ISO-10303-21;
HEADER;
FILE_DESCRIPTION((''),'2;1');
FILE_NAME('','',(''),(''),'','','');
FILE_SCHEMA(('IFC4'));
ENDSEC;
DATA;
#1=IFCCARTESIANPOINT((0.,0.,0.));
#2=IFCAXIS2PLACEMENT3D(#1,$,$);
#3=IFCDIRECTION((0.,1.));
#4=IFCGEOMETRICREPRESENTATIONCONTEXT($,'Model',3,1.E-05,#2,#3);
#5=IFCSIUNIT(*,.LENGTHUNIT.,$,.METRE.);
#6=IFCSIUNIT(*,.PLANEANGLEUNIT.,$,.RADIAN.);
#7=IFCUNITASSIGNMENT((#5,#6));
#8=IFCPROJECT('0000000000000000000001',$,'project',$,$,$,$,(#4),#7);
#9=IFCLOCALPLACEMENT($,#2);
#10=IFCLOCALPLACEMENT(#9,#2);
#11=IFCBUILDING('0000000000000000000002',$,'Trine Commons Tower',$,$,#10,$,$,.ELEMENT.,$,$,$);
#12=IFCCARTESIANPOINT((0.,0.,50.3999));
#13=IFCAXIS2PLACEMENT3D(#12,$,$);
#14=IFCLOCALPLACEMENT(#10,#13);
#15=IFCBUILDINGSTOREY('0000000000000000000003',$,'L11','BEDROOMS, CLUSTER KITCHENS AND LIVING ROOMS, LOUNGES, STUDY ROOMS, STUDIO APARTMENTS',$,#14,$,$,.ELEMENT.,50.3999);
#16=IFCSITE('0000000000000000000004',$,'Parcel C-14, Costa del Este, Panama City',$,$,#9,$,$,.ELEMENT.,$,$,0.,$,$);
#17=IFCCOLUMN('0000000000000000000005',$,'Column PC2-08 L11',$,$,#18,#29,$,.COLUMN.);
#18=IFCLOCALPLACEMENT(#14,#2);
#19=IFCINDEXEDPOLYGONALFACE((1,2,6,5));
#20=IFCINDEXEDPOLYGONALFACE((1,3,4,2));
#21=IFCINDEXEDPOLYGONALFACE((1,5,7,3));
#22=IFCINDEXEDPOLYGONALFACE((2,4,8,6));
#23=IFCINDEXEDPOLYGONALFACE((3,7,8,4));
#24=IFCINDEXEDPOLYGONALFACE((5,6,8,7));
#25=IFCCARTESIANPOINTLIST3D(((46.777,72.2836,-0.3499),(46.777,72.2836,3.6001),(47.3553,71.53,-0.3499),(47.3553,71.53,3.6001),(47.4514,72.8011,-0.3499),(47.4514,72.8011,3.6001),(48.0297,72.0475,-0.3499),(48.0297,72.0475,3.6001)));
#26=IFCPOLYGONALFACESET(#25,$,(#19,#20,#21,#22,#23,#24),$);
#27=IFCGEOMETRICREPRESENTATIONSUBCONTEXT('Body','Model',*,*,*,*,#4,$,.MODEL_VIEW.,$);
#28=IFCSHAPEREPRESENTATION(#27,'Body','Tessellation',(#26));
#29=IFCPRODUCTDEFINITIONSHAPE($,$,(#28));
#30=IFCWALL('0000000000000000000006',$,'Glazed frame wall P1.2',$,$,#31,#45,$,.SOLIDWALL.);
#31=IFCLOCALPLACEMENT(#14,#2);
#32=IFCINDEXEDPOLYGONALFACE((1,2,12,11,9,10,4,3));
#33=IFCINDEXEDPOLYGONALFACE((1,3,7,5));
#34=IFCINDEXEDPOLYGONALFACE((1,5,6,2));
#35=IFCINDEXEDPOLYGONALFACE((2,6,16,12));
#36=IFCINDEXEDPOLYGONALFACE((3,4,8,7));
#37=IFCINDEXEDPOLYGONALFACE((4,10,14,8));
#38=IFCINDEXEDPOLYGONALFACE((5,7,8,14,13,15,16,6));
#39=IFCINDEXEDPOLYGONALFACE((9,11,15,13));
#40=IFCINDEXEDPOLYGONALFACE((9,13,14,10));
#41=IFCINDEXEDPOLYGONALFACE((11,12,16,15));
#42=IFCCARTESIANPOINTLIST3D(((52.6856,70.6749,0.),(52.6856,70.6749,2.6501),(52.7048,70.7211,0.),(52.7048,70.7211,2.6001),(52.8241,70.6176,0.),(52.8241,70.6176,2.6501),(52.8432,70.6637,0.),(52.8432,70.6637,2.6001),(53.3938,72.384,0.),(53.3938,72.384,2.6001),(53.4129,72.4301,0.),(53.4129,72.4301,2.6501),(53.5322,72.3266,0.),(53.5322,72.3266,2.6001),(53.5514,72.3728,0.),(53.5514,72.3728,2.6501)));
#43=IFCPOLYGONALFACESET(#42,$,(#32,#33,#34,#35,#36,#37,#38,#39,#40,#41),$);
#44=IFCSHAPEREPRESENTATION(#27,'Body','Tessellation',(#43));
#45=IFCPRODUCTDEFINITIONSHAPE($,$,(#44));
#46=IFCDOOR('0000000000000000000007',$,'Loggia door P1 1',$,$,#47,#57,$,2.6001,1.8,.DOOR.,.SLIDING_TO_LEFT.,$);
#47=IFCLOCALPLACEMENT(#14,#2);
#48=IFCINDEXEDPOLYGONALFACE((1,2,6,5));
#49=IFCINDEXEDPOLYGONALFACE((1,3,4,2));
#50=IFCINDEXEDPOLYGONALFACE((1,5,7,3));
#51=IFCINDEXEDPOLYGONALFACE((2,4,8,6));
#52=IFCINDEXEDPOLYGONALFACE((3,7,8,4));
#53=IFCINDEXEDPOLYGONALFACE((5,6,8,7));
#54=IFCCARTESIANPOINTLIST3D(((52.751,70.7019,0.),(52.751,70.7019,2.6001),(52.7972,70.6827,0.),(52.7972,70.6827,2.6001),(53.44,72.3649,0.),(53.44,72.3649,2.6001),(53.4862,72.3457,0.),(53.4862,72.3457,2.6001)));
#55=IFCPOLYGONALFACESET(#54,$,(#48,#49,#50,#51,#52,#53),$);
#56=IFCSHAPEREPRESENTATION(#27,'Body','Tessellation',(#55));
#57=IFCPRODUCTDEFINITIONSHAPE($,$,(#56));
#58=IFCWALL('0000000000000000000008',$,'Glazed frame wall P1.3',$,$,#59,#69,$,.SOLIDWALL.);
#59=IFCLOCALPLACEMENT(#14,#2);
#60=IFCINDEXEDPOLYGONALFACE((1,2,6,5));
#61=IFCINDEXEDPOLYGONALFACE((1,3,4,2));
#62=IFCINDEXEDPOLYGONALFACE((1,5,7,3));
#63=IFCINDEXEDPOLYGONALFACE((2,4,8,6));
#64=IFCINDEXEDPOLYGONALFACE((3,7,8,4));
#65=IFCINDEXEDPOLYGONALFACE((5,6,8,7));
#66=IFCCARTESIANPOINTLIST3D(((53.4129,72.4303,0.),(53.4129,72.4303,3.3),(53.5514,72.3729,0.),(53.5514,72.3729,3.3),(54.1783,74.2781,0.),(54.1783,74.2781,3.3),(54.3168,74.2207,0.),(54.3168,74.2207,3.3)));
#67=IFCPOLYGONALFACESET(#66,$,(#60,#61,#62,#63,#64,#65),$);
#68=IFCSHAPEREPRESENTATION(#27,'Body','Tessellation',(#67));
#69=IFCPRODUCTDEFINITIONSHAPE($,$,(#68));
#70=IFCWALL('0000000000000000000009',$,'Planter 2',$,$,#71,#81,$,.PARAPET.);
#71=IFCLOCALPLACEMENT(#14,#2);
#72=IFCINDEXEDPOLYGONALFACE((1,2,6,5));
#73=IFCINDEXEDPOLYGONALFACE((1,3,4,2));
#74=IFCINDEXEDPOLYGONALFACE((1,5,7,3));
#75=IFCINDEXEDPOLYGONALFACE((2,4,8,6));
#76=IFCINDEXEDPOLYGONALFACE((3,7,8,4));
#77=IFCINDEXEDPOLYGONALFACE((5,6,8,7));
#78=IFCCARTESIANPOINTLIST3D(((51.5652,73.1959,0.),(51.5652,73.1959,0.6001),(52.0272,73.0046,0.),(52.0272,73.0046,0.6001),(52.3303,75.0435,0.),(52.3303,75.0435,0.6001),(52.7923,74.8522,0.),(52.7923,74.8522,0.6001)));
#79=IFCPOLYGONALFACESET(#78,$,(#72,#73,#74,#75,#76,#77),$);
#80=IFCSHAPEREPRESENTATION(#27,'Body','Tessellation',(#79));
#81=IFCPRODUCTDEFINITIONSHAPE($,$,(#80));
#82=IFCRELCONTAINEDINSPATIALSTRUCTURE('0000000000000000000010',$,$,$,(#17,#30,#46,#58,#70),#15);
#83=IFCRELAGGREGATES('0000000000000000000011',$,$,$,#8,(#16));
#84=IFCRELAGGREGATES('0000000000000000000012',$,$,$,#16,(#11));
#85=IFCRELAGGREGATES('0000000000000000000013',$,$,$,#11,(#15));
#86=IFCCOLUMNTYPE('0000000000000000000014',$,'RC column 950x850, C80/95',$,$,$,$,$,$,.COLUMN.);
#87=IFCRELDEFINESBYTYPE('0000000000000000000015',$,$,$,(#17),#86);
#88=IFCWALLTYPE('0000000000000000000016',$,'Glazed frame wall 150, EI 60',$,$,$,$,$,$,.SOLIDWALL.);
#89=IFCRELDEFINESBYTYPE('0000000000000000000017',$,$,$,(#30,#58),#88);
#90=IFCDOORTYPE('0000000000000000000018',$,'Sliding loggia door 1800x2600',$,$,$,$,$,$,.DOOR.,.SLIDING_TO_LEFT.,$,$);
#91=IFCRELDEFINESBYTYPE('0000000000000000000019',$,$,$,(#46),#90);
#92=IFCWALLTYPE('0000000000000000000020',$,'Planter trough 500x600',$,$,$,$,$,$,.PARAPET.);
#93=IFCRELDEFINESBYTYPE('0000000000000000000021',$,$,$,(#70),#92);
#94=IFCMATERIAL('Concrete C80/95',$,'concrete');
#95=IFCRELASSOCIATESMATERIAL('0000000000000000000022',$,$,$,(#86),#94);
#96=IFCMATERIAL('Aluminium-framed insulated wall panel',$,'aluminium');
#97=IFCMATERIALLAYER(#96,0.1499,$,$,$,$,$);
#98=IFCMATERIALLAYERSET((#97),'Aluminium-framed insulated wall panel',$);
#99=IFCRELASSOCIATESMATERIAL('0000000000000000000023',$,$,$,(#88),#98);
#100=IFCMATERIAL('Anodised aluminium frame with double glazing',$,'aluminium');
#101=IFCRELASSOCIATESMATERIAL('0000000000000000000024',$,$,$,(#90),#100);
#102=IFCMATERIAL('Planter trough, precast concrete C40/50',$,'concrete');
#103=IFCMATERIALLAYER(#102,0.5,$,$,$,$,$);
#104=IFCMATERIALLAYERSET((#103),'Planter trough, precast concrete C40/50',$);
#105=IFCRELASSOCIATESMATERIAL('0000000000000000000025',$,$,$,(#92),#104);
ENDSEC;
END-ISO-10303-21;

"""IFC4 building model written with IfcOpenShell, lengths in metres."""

from ifc_helpers import new_model, si_unit, direction, frame, frame_2d, origin, origin_2d, place, context, subcontext, project, spatial, polyline, rectangle, outline, extrude, material, layer, layer_set, material_profile, profile_set, type_object, element, fill, save


model = new_model("IFC4")

# Units and contexts
model_context = context("Model", 3, precision=1e-05, world=origin(), true_north=direction((0.0, 1.0)))
body_context = subcontext(model_context, "Body", "Model", "MODEL_VIEW")
ifc_project = project(units=[si_unit("LENGTHUNIT", "METRE"), si_unit("PLANEANGLEUNIT", "RADIAN")], contexts=[model_context])

# Site, building, storey
site_placement = place(None, origin())
site = spatial("IfcSite", under=ifc_project, at=site_placement, Name="Parcel C-14, Costa del Este, Panama City", CompositionType="ELEMENT", RefElevation=0.0)
building_placement = place(site_placement, origin())
building = spatial("IfcBuilding", under=site, at=building_placement, Name="Trine Commons Tower", CompositionType="ELEMENT")
storey_placement = place(building_placement, frame((0.0, 0.0, 50.3999)))
storey = spatial("IfcBuildingStorey", under=building, at=storey_placement, Name="L11", Description="BEDROOMS, CLUSTER KITCHENS AND LIVING ROOMS, LOUNGES, STUDY ROOMS, STUDIO APARTMENTS", CompositionType="ELEMENT", Elevation=50.3999)

# Column
ifc_material_1 = material(Name="Concrete C80/95", Category="concrete")
ifc_material_profile = material_profile(ifc_material_1, rectangle(XDim=0.95, YDim=0.8501, at=origin_2d()), Name="RC 950x850")
ifc_profile_set = profile_set([ifc_material_profile], Name="Concrete C80/95")
column_type = type_object("IfcColumnType", Name="RC column 950x850, C80/95", PredefinedType="COLUMN", material=ifc_profile_set)
column_placement = place(storey_placement, frame((47.4033, 72.1655, -0.3499), z_axis=(0.0, 0.0, 1.0), x_axis=(-0.608761, 0.793353, 0.0)))
element("IfcColumn", 1, at=column_placement, inside=storey, type_object=column_type, Name="Column PC2-08 L11", PredefinedType="COLUMN", context=body_context, shape_type="SweptSolid", body=[
    extrude(rectangle(XDim=0.95, YDim=0.8501, at=origin_2d()), origin(), (0.0, 0.0, 1.0), 3.95),
])

# Shared definitions
ifc_material_2 = material(Name="Aluminium-framed insulated wall panel", Category="aluminium")
ifc_layer_1 = layer(ifc_material_2, 0.1499)
ifc_layer_set_1 = layer_set([ifc_layer_1], Name="Aluminium-framed insulated wall panel")
wall_type_1 = type_object("IfcWallType", Name="Glazed frame wall 150, EI 60", PredefinedType="SOLIDWALL", material=ifc_layer_set_1)

# Wall, opening, door
wall_1_placement = place(storey_placement, frame((52.7549, 70.6462, 0.0), z_axis=(0.0, 0.0, 1.0), x_axis=(0.382772, 0.923843, 0.0)))
wall_1 = element("IfcWall", 2, at=wall_1_placement, inside=storey, type_object=wall_type_1, Name="Glazed frame wall P1.2", PredefinedType="SOLIDWALL", context=body_context, shape_type="SweptSolid", body=[
    extrude(outline(polyline([(0.0, -0.075), (1.8999, -0.075), (1.8999, 0.075), (0.0, 0.075), (0.0, -0.075)])), origin(), (0.0, 0.0, 1.0), 2.6501),
])
opening_placement = place(wall_1_placement, frame((0.05, 0.0, 0.0)))
opening = element("IfcOpeningElement", 3, at=opening_placement, cuts=wall_1, PredefinedType="OPENING", context=body_context, shape_type="SweptSolid", body=[
    extrude(rectangle(XDim=1.8, YDim=2.6001, at=frame_2d((0.8999, 1.3))), frame((0.0, 0.085, 0.0), z_axis=(0.0, -1.0, 0.0), x_axis=(1.0, 0.0, 0.0)), (0.0, 0.0, 1.0), 0.1699),
])
ifc_material_3 = material(Name="Anodised aluminium frame with double glazing", Category="aluminium")
door_type = type_object("IfcDoorType", Name="Sliding loggia door 1800x2600", OperationType="SLIDING_TO_LEFT", PredefinedType="DOOR", material=ifc_material_3)
door_placement = place(opening_placement, origin())
door = element("IfcDoor", 4, at=door_placement, inside=storey, type_object=door_type, Name="Loggia door P1 1", OperationType="SLIDING_TO_LEFT", OverallHeight=2.6001, OverallWidth=1.8, PredefinedType="DOOR", context=body_context, shape_type="SweptSolid", body=[
    extrude(rectangle(XDim=1.8, YDim=2.6001, at=frame_2d((0.8999, 1.3))), frame((0.0, 0.0249, 0.0), z_axis=(0.0, -1.0, 0.0), x_axis=(1.0, 0.0, 0.0)), (0.0, 0.0, 1.0), 0.05),
])
fill(opening, door)

# Walls
wall_2_placement = place(storey_placement, frame((53.4822, 72.4016, 0.0), z_axis=(0.0, 0.0, 1.0), x_axis=(0.382664, 0.923887, 0.0)))
element("IfcWall", 5, at=wall_2_placement, inside=storey, type_object=wall_type_1, Name="Glazed frame wall P1.3", PredefinedType="SOLIDWALL", context=body_context, shape_type="SweptSolid", body=[
    extrude(outline(polyline([(0.0, -0.075), (2.0, -0.075), (2.0, 0.075), (0.0, 0.075), (0.0, -0.075)])), origin(), (0.0, 0.0, 1.0), 3.3),
])
ifc_material_4 = material(Name="Planter trough, precast concrete C40/50", Category="concrete")
ifc_layer_2 = layer(ifc_material_4, 0.5)
ifc_layer_set_2 = layer_set([ifc_layer_2], Name="Planter trough, precast concrete C40/50")
wall_type_2 = type_object("IfcWallType", Name="Planter trough 500x600", PredefinedType="PARAPET", material=ifc_layer_set_2)
wall_3_placement = place(storey_placement, frame((51.7961, 73.1001, 0.0), z_axis=(0.0, 0.0, 1.0), x_axis=(0.382603, 0.923913, 0.0)))
element("IfcWall", 6, at=wall_3_placement, inside=storey, type_object=wall_type_2, Name="Planter 2", PredefinedType="PARAPET", context=body_context, shape_type="SweptSolid", body=[
    extrude(rectangle(XDim=1.9998, YDim=0.5, at=frame_2d((1.0, 0.0))), origin(), (0.0, 0.0, 1.0), 0.6001),
])

save(model, "model.ifc")
